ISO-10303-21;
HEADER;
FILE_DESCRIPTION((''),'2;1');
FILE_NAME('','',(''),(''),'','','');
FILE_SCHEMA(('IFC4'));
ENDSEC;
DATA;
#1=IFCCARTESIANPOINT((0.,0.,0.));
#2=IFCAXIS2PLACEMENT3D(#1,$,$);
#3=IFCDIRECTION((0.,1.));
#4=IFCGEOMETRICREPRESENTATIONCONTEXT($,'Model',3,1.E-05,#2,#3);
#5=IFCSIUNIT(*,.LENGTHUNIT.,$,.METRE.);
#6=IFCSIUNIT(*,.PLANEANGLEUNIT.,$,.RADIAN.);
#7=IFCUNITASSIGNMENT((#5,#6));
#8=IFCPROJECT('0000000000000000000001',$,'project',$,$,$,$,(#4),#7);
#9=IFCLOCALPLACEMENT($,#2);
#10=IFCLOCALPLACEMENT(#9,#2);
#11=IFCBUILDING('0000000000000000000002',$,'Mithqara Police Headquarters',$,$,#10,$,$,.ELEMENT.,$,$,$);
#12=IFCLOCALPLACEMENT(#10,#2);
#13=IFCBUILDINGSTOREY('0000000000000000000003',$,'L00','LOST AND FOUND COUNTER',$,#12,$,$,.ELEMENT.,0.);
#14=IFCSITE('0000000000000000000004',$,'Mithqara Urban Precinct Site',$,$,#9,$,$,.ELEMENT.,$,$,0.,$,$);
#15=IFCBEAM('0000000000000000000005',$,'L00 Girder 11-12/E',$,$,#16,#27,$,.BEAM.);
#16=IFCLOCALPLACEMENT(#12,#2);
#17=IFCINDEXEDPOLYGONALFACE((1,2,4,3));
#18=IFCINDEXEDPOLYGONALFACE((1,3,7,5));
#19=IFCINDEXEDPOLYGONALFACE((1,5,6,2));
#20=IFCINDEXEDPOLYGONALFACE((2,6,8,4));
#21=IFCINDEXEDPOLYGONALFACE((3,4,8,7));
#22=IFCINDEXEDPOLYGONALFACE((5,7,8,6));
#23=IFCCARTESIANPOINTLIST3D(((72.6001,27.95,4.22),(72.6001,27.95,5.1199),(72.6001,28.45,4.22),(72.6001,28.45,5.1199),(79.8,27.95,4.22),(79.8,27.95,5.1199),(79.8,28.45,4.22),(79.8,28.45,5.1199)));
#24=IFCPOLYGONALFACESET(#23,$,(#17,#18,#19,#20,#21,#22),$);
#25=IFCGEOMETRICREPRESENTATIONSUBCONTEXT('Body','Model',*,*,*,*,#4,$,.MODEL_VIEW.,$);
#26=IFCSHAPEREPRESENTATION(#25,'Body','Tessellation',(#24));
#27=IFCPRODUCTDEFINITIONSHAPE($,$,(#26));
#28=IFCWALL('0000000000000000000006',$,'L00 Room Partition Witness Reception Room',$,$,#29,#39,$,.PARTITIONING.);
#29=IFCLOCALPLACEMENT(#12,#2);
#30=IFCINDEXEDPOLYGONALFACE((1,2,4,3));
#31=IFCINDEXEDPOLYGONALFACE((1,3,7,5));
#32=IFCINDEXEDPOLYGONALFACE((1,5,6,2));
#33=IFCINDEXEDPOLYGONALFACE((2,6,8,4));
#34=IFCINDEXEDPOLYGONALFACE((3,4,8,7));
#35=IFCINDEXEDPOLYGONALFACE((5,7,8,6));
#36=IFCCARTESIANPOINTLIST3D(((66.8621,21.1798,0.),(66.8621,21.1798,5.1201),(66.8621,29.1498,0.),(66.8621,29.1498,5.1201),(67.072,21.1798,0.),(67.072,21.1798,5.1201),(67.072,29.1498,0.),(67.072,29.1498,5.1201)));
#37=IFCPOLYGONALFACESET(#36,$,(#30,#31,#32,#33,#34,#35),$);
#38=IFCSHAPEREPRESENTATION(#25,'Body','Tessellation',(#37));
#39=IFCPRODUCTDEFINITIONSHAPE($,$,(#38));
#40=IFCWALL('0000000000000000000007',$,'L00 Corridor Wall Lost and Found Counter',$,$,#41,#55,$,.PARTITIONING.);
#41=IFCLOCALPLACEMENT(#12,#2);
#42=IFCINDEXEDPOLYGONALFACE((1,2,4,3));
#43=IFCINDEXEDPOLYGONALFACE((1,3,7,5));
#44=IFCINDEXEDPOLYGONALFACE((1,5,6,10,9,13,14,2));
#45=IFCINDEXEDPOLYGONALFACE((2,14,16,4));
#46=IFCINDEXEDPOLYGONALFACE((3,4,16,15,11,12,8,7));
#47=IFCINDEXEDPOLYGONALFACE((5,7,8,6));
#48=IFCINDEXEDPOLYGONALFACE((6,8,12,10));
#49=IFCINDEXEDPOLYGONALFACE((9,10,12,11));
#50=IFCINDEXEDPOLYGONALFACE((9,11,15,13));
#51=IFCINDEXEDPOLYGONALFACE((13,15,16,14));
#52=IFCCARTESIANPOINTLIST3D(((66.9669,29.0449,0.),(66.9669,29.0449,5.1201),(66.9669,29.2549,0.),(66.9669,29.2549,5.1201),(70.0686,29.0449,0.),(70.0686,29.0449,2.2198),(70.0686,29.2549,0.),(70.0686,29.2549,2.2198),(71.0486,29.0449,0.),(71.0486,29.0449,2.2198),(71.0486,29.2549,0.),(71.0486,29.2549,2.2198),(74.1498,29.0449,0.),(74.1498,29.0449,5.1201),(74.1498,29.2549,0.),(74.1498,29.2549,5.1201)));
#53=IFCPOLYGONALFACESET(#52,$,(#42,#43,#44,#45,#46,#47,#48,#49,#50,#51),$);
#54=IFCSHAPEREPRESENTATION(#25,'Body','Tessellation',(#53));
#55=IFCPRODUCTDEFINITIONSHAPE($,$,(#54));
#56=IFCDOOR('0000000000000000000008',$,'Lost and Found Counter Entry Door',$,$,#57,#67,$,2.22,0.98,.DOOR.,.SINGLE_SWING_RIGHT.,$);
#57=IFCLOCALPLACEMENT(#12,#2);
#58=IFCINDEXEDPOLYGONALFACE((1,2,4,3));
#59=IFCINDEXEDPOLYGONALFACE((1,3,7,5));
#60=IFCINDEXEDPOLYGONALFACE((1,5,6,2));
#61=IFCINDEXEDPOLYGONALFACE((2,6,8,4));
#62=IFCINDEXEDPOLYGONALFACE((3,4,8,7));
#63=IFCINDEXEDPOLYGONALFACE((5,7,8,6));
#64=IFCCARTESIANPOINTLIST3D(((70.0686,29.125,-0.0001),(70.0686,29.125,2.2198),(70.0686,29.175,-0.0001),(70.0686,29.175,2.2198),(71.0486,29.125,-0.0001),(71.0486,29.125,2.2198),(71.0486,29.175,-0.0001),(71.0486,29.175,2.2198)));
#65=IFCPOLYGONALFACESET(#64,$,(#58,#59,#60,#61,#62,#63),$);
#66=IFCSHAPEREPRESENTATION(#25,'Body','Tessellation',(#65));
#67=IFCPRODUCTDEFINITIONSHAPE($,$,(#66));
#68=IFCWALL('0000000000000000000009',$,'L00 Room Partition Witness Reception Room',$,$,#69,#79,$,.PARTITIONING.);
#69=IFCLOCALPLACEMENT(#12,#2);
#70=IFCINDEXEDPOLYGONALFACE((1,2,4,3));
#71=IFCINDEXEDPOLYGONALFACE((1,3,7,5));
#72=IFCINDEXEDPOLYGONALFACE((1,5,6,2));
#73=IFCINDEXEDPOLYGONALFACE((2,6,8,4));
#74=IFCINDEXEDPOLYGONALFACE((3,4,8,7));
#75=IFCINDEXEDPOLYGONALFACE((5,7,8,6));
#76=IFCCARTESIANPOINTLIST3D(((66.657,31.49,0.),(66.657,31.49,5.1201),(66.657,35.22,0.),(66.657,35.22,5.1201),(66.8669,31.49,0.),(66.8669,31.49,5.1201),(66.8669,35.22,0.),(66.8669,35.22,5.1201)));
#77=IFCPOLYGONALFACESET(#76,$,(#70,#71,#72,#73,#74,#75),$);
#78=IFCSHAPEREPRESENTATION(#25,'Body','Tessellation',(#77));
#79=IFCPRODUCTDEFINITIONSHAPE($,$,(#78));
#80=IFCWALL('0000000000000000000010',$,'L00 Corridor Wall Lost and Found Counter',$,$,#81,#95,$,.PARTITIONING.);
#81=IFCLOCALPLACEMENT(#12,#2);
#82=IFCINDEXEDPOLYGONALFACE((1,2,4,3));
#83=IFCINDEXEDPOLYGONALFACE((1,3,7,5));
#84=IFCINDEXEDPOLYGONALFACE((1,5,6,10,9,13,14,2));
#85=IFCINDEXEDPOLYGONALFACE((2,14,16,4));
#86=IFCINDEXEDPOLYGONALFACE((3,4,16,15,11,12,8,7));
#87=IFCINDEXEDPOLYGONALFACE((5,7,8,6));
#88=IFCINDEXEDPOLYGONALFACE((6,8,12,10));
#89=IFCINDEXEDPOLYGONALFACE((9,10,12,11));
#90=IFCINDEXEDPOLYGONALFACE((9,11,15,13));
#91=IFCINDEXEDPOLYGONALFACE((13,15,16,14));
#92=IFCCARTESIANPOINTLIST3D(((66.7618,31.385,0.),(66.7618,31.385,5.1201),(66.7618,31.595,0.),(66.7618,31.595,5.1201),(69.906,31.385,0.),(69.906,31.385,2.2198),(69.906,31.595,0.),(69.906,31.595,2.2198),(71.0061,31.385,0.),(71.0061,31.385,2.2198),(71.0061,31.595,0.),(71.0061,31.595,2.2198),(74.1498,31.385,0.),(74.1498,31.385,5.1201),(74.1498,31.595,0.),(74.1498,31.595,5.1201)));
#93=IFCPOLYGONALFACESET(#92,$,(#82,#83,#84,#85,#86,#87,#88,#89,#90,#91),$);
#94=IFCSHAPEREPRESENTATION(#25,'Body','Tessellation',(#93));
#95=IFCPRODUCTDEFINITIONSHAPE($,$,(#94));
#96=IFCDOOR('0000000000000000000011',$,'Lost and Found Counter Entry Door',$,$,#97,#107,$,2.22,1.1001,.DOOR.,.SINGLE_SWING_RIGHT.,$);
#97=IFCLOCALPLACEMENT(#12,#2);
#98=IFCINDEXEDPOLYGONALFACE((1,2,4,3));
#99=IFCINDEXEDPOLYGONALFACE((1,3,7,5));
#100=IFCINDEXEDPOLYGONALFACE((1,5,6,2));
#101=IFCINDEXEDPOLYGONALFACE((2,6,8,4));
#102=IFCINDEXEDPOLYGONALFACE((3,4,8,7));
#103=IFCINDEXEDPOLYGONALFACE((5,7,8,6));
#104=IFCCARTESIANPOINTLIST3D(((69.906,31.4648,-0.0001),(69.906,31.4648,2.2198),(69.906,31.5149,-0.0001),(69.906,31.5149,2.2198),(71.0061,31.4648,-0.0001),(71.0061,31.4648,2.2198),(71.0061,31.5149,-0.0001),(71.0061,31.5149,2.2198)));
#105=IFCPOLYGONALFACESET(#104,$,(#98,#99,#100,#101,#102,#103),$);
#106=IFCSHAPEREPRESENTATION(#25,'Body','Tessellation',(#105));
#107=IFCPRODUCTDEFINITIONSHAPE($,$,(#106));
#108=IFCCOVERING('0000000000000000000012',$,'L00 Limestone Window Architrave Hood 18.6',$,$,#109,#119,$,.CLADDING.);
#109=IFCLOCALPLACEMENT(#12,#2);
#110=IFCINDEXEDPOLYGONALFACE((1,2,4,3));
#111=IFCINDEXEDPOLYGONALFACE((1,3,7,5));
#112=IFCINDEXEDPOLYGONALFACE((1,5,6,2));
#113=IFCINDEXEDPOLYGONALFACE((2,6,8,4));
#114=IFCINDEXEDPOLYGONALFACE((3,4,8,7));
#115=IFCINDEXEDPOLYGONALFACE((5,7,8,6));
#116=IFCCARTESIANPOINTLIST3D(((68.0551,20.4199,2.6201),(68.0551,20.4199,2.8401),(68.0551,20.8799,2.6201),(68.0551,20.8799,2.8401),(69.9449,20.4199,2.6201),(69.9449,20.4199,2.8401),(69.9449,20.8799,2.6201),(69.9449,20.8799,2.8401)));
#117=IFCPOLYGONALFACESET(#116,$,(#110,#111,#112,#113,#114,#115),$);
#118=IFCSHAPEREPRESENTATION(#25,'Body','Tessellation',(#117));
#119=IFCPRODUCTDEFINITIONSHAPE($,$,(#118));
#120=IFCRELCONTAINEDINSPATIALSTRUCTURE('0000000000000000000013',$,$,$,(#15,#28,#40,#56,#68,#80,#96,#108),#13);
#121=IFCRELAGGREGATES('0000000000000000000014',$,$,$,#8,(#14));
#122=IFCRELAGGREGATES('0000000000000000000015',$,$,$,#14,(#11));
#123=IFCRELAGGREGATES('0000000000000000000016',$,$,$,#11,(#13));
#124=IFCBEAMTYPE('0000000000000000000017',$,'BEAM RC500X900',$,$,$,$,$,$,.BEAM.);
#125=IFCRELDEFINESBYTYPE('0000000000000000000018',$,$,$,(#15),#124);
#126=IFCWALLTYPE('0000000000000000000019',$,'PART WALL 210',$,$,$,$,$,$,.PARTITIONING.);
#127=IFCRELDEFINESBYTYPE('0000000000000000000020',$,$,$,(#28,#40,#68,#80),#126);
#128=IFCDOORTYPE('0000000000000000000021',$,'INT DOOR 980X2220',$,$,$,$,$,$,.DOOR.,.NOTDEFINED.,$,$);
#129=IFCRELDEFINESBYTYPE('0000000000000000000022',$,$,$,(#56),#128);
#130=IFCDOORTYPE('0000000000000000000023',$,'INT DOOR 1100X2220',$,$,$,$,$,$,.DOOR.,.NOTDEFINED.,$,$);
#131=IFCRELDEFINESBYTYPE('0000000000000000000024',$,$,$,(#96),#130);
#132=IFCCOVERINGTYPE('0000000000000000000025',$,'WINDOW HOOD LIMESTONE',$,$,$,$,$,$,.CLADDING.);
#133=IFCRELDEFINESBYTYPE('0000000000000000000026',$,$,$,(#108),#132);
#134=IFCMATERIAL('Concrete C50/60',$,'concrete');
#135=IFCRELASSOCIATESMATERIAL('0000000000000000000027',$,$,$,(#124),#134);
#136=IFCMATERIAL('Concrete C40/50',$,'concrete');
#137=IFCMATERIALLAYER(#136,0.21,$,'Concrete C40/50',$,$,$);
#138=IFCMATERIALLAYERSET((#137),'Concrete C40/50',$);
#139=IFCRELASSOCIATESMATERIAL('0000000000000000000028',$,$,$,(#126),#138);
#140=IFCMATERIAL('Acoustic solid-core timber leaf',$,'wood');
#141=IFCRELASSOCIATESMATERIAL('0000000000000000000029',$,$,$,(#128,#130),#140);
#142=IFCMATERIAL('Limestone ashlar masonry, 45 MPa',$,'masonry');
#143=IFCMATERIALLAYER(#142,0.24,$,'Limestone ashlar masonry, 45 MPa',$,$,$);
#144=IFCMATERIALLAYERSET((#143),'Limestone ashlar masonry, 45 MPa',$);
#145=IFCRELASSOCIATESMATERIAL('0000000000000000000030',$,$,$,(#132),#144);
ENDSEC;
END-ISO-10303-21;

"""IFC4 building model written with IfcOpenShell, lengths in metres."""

from ifc_helpers import new_model, si_unit, direction, frame, frame_2d, origin, origin_2d, place, context, subcontext, project, spatial, rectangle, extrude, material, layer, layer_set, material_profile, profile_set, type_object, element, fill, save


model = new_model("IFC4")

# Units and contexts
model_context = context("Model", 3, precision=1e-05, world=origin(), true_north=direction((0.0, 1.0)))
body_context = subcontext(model_context, "Body", "Model", "MODEL_VIEW")
ifc_project = project(units=[si_unit("LENGTHUNIT", "METRE"), si_unit("PLANEANGLEUNIT", "RADIAN")], contexts=[model_context])

# Site, building, storey
site_placement = place(None, origin())
site = spatial("IfcSite", under=ifc_project, at=site_placement, Name="Mithqara Urban Precinct Site", CompositionType="ELEMENT", RefElevation=0.0)
building_placement = place(site_placement, origin())
building = spatial("IfcBuilding", under=site, at=building_placement, Name="Mithqara Police Headquarters", CompositionType="ELEMENT")
storey_placement = place(building_placement, origin())
storey = spatial("IfcBuildingStorey", under=building, at=storey_placement, Name="L00", Description="LOST AND FOUND COUNTER", CompositionType="ELEMENT", Elevation=0.0)

# Shared definitions
ifc_material_1 = material(Name="Concrete C50/60", Category="concrete")

# Beam
ifc_material_2 = material(Name="Concrete C40/50", Category="concrete")
ifc_material_profile_1 = material_profile(ifc_material_1, rectangle(XDim=0.5, YDim=0.8999, at=origin_2d()), Name="RC 500x900")
ifc_profile_set_1 = profile_set([ifc_material_profile_1], Name="Concrete C50/60")
beam_type_1 = type_object("IfcBeamType", Name="BEAM RC500X900", PredefinedType="BEAM", material=ifc_profile_set_1)
beam_1_placement = place(storey_placement, frame((72.6001, 28.2, 4.6699), z_axis=(1.0, 0.0, 0.0), x_axis=(0.0, 1.0, 0.0)))
element("IfcBeam", 1, at=beam_1_placement, inside=storey, type_object=beam_type_1, Name="L00 Girder 11-12/E", PredefinedType="BEAM", context=body_context, shape_type="SweptSolid", body=[
    extrude(rectangle(XDim=0.5, YDim=0.8999, at=origin_2d()), origin(), (0.0, 0.0, 1.0), 7.2),
])

# Wall
ifc_layer_1 = layer(ifc_material_2, 0.21, Name="Concrete C40/50")
ifc_layer_set_1 = layer_set([ifc_layer_1], Name="Concrete C40/50")
wall_type = type_object("IfcWallType", Name="PART WALL 210", PredefinedType="PARTITIONING", material=ifc_layer_set_1)
wall_1_placement = place(storey_placement, frame((66.967, 21.1799, 0.0), z_axis=(0.0, 0.0, 1.0), x_axis=(0.0, 1.0, 0.0)))
element("IfcWall", 2, at=wall_1_placement, inside=storey, type_object=wall_type, Name="L00 Room Partition Witness Reception Room", PredefinedType="PARTITIONING", context=body_context, shape_type="SweptSolid", body=[
    extrude(rectangle(XDim=7.97, YDim=0.21, at=frame_2d((3.9849, 0.0))), origin(), (0.0, 0.0, 1.0), 5.1201),
])

# Wall, opening, door
wall_2_placement = place(storey_placement, frame((66.967, 29.1499, 0.0), z_axis=(0.0, 0.0, 1.0), x_axis=(1.0, 0.0, 0.0)))
wall_2 = element("IfcWall", 3, at=wall_2_placement, inside=storey, type_object=wall_type, Name="L00 Corridor Wall Lost and Found Counter", PredefinedType="PARTITIONING", context=body_context, shape_type="SweptSolid", body=[
    extrude(rectangle(XDim=7.1829, YDim=0.21, at=frame_2d((3.5913, 0.0))), origin(), (0.0, 0.0, 1.0), 5.1201),
])
opening_1_placement = place(wall_2_placement, frame((3.1016, 0.0, 0.0)))
opening_1 = element("IfcOpeningElement", 4, at=opening_1_placement, cuts=wall_2, PredefinedType="OPENING", context=body_context, shape_type="SweptSolid", body=[
    extrude(rectangle(XDim=0.98, YDim=2.22, at=frame_2d((0.49, 1.1099))), frame((0.0, 0.115, 0.0), z_axis=(0.0, -1.0, 0.0), x_axis=(1.0, 0.0, 0.0)), (0.0, 0.0, 1.0), 0.23),
])
ifc_material_3 = material(Name="Acoustic solid-core timber leaf", Category="wood")
door_type_1 = type_object("IfcDoorType", Name="INT DOOR 980X2220", OperationType="NOTDEFINED", PredefinedType="DOOR", material=ifc_material_3)
door_1_placement = place(opening_1_placement, frame((0.98, 0.0, 0.0), z_axis=(0.0, 0.0, 1.0), x_axis=(-1.0, 0.0, 0.0)))
door_1 = element("IfcDoor", 5, at=door_1_placement, inside=storey, type_object=door_type_1, Name="Lost and Found Counter Entry Door", OperationType="SINGLE_SWING_RIGHT", OverallHeight=2.22, OverallWidth=0.98, PredefinedType="DOOR", context=body_context, shape_type="SweptSolid", body=[
    extrude(rectangle(XDim=0.98, YDim=2.22, at=frame_2d((0.49, 1.1099))), frame((0.0, 0.0249, 0.0), z_axis=(0.0, -1.0, 0.0), x_axis=(1.0, 0.0, 0.0)), (0.0, 0.0, 1.0), 0.05),
])
fill(opening_1, door_1)

# Wall
wall_3_placement = place(storey_placement, frame((66.762, 31.49, 0.0), z_axis=(0.0, 0.0, 1.0), x_axis=(0.0, 1.0, 0.0)))
element("IfcWall", 6, at=wall_3_placement, inside=storey, type_object=wall_type, Name="L00 Room Partition Witness Reception Room", PredefinedType="PARTITIONING", context=body_context, shape_type="SweptSolid", body=[
    extrude(rectangle(XDim=3.73, YDim=0.21, at=frame_2d((1.865, 0.0))), origin(), (0.0, 0.0, 1.0), 5.1201),
])

# Wall, opening, door
wall_4_placement = place(storey_placement, frame((66.762, 31.49, 0.0), z_axis=(0.0, 0.0, 1.0), x_axis=(1.0, 0.0, 0.0)))
wall_4 = element("IfcWall", 7, at=wall_4_placement, inside=storey, type_object=wall_type, Name="L00 Corridor Wall Lost and Found Counter", PredefinedType="PARTITIONING", context=body_context, shape_type="SweptSolid", body=[
    extrude(rectangle(XDim=7.3879, YDim=0.21, at=frame_2d((3.6938, 0.0))), origin(), (0.0, 0.0, 1.0), 5.1201),
])
opening_2_placement = place(wall_4_placement, frame((3.144, 0.0, 0.0)))
opening_2 = element("IfcOpeningElement", 8, at=opening_2_placement, cuts=wall_4, PredefinedType="OPENING", context=body_context, shape_type="SweptSolid", body=[
    extrude(rectangle(XDim=1.1001, YDim=2.22, at=frame_2d((0.55, 1.1099))), frame((0.0, 0.115, 0.0), z_axis=(0.0, -1.0, 0.0), x_axis=(1.0, 0.0, 0.0)), (0.0, 0.0, 1.0), 0.23),
])
door_type_2 = type_object("IfcDoorType", Name="INT DOOR 1100X2220", OperationType="NOTDEFINED", PredefinedType="DOOR", material=ifc_material_3)
door_2_placement = place(opening_2_placement, origin())
door_2 = element("IfcDoor", 9, at=door_2_placement, inside=storey, type_object=door_type_2, Name="Lost and Found Counter Entry Door", OperationType="SINGLE_SWING_RIGHT", OverallHeight=2.22, OverallWidth=1.1001, PredefinedType="DOOR", context=body_context, shape_type="SweptSolid", body=[
    extrude(rectangle(XDim=1.1001, YDim=2.22, at=frame_2d((0.55, 1.1099))), frame((0.0, 0.0249, 0.0), z_axis=(0.0, -1.0, 0.0), x_axis=(1.0, 0.0, 0.0)), (0.0, 0.0, 1.0), 0.05),
])
fill(opening_2, door_2)

# Covering
ifc_material_4 = material(Name="Limestone ashlar masonry, 45 MPa", Category="masonry")
ifc_layer_2 = layer(ifc_material_4, 0.24, Name="Limestone ashlar masonry, 45 MPa")
ifc_layer_set_2 = layer_set([ifc_layer_2], Name="Limestone ashlar masonry, 45 MPa")
covering_type = type_object("IfcCoveringType", Name="WINDOW HOOD LIMESTONE", PredefinedType="CLADDING", material=ifc_layer_set_2)
covering_placement = place(storey_placement, frame((69.0, 20.6499, 2.6201), z_axis=(0.0, 0.0, 1.0), x_axis=(1.0, 0.0, 0.0)))
element("IfcCovering", 10, at=covering_placement, inside=storey, type_object=covering_type, Name="L00 Limestone Window Architrave Hood 18.6", PredefinedType="CLADDING", context=body_context, shape_type="SweptSolid", body=[
    extrude(rectangle(XDim=1.8899, YDim=0.46, at=origin_2d()), origin(), (0.0, 0.0, 1.0), 0.22),
])

save(model, "model.ifc")
